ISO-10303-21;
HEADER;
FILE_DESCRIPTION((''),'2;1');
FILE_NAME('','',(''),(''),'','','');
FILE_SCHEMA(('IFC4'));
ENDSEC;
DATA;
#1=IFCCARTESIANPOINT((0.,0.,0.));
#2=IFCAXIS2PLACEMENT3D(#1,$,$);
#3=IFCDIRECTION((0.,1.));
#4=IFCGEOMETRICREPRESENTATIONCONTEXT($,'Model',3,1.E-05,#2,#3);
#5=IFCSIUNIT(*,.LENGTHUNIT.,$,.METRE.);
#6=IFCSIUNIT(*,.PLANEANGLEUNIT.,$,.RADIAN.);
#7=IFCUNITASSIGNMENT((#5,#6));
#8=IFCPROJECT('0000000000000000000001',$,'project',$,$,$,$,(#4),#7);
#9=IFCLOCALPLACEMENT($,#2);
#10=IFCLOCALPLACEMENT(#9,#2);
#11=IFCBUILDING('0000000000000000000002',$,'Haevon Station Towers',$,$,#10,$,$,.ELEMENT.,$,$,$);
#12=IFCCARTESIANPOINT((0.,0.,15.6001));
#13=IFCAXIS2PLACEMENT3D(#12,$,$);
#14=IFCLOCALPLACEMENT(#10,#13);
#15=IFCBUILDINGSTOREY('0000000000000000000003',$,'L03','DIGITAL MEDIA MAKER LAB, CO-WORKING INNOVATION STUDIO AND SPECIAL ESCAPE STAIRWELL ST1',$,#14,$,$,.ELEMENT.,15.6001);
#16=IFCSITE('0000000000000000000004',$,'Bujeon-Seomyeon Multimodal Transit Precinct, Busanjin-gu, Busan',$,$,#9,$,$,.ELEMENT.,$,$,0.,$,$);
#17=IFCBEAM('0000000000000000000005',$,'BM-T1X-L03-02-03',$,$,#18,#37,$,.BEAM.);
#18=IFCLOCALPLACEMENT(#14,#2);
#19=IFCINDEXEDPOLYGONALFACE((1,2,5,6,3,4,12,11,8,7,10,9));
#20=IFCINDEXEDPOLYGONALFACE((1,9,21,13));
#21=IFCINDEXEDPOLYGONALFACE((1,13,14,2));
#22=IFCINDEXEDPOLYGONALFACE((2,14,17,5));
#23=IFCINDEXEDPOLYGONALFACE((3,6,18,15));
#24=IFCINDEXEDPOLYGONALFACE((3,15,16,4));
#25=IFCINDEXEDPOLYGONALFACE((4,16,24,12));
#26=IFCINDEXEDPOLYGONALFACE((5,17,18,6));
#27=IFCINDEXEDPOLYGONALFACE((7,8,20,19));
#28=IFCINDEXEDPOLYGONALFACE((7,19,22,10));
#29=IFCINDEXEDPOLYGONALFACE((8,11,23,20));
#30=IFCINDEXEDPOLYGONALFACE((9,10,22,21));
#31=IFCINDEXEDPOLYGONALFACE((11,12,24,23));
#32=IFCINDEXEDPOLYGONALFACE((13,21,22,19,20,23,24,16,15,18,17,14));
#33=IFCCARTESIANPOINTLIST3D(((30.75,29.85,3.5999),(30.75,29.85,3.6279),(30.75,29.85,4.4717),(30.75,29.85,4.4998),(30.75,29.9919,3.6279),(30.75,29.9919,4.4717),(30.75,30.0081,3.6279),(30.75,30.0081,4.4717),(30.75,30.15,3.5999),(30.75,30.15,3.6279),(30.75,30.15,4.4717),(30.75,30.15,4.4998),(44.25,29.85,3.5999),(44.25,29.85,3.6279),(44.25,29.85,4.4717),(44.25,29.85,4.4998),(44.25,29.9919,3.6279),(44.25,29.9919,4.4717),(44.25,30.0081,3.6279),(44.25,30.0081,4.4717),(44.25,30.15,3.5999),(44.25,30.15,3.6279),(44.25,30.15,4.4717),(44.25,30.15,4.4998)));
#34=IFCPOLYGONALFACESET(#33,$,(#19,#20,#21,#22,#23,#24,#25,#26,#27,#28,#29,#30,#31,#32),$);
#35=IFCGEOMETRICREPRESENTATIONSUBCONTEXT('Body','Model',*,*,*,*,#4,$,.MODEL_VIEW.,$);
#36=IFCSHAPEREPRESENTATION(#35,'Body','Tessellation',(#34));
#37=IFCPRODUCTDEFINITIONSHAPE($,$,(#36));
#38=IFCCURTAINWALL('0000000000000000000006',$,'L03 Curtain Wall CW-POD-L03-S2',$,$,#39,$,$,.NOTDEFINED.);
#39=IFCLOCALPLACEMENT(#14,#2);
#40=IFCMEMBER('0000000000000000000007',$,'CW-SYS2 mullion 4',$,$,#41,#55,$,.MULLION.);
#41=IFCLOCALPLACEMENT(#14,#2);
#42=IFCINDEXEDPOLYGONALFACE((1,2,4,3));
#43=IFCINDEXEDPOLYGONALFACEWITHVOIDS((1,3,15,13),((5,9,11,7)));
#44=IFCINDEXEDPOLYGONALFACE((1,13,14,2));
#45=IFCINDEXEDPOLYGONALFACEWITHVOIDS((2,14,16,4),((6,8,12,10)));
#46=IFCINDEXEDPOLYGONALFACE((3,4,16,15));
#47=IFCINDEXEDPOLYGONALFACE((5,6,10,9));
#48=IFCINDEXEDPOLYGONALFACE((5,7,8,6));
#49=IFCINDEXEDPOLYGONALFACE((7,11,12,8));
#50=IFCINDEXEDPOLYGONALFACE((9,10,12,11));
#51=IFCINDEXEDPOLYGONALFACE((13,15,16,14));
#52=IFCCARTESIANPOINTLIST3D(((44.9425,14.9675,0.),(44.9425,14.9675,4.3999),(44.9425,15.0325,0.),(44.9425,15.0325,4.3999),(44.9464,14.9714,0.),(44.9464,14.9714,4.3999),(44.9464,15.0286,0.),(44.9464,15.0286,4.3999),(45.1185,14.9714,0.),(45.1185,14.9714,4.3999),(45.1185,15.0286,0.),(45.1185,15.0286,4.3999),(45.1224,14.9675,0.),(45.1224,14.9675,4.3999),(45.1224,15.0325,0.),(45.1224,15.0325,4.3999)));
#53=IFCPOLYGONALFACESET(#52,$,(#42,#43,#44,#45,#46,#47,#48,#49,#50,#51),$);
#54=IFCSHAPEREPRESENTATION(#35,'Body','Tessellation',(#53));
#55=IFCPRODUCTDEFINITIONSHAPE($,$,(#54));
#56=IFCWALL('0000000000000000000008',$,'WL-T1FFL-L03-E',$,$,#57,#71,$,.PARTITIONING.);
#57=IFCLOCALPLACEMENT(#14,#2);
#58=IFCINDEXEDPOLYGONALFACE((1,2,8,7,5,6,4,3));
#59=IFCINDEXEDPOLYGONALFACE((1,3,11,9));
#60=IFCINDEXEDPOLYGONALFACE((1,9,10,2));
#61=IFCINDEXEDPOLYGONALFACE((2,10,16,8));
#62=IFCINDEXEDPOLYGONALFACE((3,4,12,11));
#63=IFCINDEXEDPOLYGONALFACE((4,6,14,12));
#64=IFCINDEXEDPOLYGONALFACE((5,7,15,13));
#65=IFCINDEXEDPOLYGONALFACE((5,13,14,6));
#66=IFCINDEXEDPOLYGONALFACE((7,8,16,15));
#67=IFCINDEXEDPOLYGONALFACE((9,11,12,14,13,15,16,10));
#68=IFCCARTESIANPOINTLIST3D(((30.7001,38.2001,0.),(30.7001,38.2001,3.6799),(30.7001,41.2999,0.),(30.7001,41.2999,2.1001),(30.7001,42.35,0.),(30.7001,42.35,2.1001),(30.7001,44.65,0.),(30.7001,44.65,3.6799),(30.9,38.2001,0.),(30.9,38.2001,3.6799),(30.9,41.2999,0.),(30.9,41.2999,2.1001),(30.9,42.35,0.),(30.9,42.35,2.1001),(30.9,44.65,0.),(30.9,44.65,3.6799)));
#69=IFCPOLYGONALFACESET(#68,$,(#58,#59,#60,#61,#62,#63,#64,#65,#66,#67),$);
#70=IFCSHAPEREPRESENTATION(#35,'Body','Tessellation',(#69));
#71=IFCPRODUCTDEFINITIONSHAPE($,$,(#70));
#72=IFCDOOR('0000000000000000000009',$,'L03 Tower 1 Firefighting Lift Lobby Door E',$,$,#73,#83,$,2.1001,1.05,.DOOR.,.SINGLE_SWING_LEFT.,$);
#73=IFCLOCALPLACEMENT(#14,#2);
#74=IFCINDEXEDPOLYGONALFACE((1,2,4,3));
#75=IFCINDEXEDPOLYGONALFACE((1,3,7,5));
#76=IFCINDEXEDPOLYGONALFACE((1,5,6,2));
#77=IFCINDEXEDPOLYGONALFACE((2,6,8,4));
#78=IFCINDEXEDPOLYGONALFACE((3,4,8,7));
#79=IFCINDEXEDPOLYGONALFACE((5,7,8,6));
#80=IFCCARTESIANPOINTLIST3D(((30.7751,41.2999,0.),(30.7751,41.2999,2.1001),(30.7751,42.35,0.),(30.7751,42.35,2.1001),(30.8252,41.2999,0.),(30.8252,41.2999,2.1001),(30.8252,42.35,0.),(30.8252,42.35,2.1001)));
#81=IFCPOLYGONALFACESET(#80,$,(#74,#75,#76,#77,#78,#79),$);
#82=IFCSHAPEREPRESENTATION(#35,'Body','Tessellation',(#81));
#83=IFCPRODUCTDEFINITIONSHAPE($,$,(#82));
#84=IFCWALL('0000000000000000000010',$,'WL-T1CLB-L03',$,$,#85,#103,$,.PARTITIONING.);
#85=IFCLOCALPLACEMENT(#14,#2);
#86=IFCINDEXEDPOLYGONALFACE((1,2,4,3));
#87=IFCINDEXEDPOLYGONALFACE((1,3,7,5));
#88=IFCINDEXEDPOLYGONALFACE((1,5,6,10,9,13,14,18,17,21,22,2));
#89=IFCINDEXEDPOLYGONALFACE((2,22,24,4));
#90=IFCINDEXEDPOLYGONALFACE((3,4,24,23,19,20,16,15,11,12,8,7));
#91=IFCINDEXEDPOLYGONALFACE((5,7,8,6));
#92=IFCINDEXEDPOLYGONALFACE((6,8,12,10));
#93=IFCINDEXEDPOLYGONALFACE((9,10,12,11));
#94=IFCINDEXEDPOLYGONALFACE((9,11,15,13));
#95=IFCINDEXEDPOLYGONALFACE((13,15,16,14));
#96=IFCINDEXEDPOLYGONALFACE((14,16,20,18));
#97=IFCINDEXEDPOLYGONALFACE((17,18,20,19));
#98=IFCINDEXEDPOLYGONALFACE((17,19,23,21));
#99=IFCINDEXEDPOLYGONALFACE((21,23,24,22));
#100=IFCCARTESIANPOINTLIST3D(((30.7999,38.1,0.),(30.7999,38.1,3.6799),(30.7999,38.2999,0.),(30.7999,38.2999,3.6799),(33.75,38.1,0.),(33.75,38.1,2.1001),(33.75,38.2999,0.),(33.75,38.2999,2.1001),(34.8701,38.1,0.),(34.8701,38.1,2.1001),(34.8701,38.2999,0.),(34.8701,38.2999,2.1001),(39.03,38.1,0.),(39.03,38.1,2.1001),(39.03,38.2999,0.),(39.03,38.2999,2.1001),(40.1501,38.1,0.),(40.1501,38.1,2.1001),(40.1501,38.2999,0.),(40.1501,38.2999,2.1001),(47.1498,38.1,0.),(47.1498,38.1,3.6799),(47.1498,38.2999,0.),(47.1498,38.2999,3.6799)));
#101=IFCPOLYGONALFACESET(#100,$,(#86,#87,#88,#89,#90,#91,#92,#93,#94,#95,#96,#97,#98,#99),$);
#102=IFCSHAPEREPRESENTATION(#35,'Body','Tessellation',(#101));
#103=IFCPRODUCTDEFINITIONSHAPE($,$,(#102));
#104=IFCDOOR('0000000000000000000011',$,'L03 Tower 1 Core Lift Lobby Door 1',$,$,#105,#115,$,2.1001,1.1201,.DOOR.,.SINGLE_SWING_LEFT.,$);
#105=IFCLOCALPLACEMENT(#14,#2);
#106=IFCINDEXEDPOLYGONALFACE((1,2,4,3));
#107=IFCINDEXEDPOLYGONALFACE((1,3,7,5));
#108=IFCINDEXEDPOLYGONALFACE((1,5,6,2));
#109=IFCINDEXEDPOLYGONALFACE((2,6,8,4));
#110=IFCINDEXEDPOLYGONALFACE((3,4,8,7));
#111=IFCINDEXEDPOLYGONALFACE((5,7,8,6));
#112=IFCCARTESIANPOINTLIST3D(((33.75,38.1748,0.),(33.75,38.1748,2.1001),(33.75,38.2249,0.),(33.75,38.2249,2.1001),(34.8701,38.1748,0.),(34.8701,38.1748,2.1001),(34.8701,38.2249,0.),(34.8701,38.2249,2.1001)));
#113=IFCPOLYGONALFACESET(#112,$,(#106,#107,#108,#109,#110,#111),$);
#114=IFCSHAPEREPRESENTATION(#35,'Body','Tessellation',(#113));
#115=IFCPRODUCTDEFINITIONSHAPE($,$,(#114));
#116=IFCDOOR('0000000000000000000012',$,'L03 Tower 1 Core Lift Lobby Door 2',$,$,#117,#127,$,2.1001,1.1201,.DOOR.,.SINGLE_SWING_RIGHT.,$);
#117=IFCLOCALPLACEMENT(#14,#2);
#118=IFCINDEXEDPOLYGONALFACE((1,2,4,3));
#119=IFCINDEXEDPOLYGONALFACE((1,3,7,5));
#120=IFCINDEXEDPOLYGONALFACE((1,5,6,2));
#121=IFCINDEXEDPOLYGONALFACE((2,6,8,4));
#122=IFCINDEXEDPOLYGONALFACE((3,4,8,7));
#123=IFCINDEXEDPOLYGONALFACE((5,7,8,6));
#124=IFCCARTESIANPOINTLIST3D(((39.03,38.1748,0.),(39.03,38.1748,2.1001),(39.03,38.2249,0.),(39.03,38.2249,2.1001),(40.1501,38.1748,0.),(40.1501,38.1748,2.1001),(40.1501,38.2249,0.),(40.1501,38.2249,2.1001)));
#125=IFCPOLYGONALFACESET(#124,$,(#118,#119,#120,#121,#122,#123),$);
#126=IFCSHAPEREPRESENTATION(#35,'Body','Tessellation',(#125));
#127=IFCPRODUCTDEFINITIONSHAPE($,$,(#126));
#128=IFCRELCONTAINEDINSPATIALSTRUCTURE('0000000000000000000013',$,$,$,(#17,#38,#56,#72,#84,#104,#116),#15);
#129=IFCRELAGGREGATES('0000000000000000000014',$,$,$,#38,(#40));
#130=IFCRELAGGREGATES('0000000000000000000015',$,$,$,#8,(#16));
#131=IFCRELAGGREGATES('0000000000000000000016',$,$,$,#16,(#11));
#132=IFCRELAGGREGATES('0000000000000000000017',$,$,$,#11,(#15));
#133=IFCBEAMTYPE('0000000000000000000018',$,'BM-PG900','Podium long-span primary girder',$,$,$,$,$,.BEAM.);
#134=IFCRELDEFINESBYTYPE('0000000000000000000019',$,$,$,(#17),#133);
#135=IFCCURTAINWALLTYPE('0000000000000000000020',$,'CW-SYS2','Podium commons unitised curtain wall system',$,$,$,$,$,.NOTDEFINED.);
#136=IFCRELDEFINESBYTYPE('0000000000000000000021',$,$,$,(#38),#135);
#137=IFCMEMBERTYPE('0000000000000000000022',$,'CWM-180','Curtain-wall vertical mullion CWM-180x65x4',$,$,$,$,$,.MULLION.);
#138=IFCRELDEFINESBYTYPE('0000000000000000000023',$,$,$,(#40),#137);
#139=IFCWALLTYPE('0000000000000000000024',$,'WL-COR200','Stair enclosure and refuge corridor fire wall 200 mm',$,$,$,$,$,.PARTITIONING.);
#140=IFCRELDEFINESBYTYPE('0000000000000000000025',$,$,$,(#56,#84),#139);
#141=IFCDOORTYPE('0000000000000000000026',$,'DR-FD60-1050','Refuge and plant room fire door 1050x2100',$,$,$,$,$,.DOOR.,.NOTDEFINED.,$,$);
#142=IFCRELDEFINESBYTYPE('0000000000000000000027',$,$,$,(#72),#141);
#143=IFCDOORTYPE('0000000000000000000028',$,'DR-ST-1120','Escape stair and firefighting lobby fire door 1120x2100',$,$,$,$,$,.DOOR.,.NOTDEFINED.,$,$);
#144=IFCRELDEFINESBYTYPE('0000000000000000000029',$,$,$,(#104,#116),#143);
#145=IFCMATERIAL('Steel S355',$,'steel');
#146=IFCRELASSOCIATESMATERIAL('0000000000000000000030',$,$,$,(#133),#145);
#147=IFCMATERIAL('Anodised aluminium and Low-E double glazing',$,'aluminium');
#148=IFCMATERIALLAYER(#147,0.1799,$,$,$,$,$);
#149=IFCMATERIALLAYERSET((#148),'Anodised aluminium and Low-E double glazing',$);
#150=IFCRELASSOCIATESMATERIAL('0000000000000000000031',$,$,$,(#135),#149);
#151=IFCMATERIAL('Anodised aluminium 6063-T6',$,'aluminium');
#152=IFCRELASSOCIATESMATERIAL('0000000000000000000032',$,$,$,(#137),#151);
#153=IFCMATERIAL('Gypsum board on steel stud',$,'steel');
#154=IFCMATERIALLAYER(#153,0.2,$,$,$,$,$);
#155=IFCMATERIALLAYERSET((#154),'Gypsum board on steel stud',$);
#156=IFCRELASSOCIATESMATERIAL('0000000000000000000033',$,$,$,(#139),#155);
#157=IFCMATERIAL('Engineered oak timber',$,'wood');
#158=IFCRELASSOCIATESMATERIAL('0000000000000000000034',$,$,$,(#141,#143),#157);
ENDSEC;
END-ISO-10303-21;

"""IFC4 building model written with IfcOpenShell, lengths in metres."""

from ifc_helpers import new_model, si_unit, direction, frame, frame_2d, origin, origin_2d, place, context, subcontext, project, spatial, rectangle, hollow_rectangle, i_section, extrude, material, layer, layer_set, material_profile, profile_set, type_object, element, fill, aggregate, save


model = new_model("IFC4")

# Units and contexts
model_context = context("Model", 3, precision=1e-05, world=origin(), true_north=direction((0.0, 1.0)))
body_context = subcontext(model_context, "Body", "Model", "MODEL_VIEW")
ifc_project = project(units=[si_unit("LENGTHUNIT", "METRE"), si_unit("PLANEANGLEUNIT", "RADIAN")], contexts=[model_context])

# Site, building, storey
site_placement = place(None, origin())
site = spatial("IfcSite", under=ifc_project, at=site_placement, Name="Bujeon-Seomyeon Multimodal Transit Precinct, Busanjin-gu, Busan", CompositionType="ELEMENT", RefElevation=0.0)
building_placement = place(site_placement, origin())
building = spatial("IfcBuilding", under=site, at=building_placement, Name="Haevon Station Towers", CompositionType="ELEMENT")
storey_placement = place(building_placement, frame((0.0, 0.0, 15.6001)))
storey = spatial("IfcBuildingStorey", under=building, at=storey_placement, Name="L03", Description="DIGITAL MEDIA MAKER LAB, CO-WORKING INNOVATION STUDIO AND SPECIAL ESCAPE STAIRWELL ST1", CompositionType="ELEMENT", Elevation=15.6001)

# Beam
ifc_material_1 = material(Name="Steel S355", Category="steel")
ifc_material_profile_1 = material_profile(ifc_material_1, i_section(OverallWidth=0.3, OverallDepth=0.8999, WebThickness=0.0161, FlangeThickness=0.0281, at=origin_2d()), Name="H-900x300x16x28")
ifc_profile_set_1 = profile_set([ifc_material_profile_1], Name="Steel S355")
beam_type_1 = type_object("IfcBeamType", Name="BM-PG900", Description="Podium long-span primary girder", PredefinedType="BEAM", material=ifc_profile_set_1)
beam_1_placement = place(storey_placement, frame((30.75, 30.0, 4.0498), z_axis=(1.0, 0.0, 0.0), x_axis=(0.0, 1.0, 0.0)))
element("IfcBeam", 1, at=beam_1_placement, inside=storey, type_object=beam_type_1, Name="BM-T1X-L03-02-03", PredefinedType="BEAM", context=body_context, shape_type="SweptSolid", body=[
    extrude(i_section(OverallWidth=0.3, OverallDepth=0.8999, WebThickness=0.0161, FlangeThickness=0.0281, at=origin_2d()), origin(), (0.0, 0.0, 1.0), 13.5),
])

# Curtain wall, member
ifc_material_2 = material(Name="Anodised aluminium and Low-E double glazing", Category="aluminium")
ifc_layer_1 = layer(ifc_material_2, 0.1799)
ifc_layer_set_1 = layer_set([ifc_layer_1], Name="Anodised aluminium and Low-E double glazing")
curtain_wall_type = type_object("IfcCurtainWallType", Name="CW-SYS2", Description="Podium commons unitised curtain wall system", PredefinedType="NOTDEFINED", material=ifc_layer_set_1)
curtain_wall_placement = place(storey_placement, origin())
curtain_wall = element("IfcCurtainWall", 2, at=curtain_wall_placement, inside=storey, type_object=curtain_wall_type, Name="L03 Curtain Wall CW-POD-L03-S2", PredefinedType="NOTDEFINED")
ifc_material_3 = material(Name="Anodised aluminium 6063-T6", Category="aluminium")
ifc_material_profile_2 = material_profile(ifc_material_3, hollow_rectangle(XDim=0.0649, YDim=0.1799, WallThickness=0.0039, at=origin_2d()), Name="CWM-180x65x4")
ifc_profile_set_2 = profile_set([ifc_material_profile_2], Name="Anodised aluminium 6063-T6")
member_type = type_object("IfcMemberType", Name="CWM-180", Description="Curtain-wall vertical mullion CWM-180x65x4", PredefinedType="MULLION", material=ifc_profile_set_2)
member_placement = place(storey_placement, frame((45.0325, 15.0, 0.0), z_axis=(0.0, 0.0, 1.0), x_axis=(0.0, -1.0, 0.0)))
member = element("IfcMember", 3, at=member_placement, type_object=member_type, Name="CW-SYS2 mullion 4", PredefinedType="MULLION", context=body_context, shape_type="SweptSolid", body=[
    extrude(hollow_rectangle(XDim=0.0649, YDim=0.1799, WallThickness=0.0039, at=origin_2d()), origin(), (0.0, 0.0, 1.0), 4.3999),
])
aggregate(curtain_wall, [member])

# Wall, opening, door
ifc_material_4 = material(Name="Gypsum board on steel stud", Category="steel")
ifc_layer_2 = layer(ifc_material_4, 0.2)
ifc_layer_set_2 = layer_set([ifc_layer_2], Name="Gypsum board on steel stud")
wall_type_1 = type_object("IfcWallType", Name="WL-COR200", Description="Stair enclosure and refuge corridor fire wall 200 mm", PredefinedType="PARTITIONING", material=ifc_layer_set_2)
wall_1_placement = place(storey_placement, frame((30.8, 38.2, 0.0), z_axis=(0.0, 0.0, 1.0), x_axis=(0.0, 1.0, 0.0)))
wall_1 = element("IfcWall", 4, at=wall_1_placement, inside=storey, type_object=wall_type_1, Name="WL-T1FFL-L03-E", PredefinedType="PARTITIONING", context=body_context, shape_type="SweptSolid", body=[
    extrude(rectangle(XDim=6.45, YDim=0.2, at=frame_2d((3.2251, 0.0))), origin(), (0.0, 0.0, 1.0), 3.6799),
])
opening_1_placement = place(wall_1_placement, frame((3.1001, 0.0, 0.0)))
opening_1 = element("IfcOpeningElement", 5, at=opening_1_placement, cuts=wall_1, PredefinedType="OPENING", context=body_context, shape_type="SweptSolid", body=[
    extrude(rectangle(XDim=1.05, YDim=2.1001, at=frame_2d((0.5249, 1.05))), frame((0.0, 0.1099, 0.0), z_axis=(0.0, -1.0, 0.0), x_axis=(1.0, 0.0, 0.0)), (0.0, 0.0, 1.0), 0.22),
])
ifc_material_5 = material(Name="Engineered oak timber", Category="wood")
door_type_1 = type_object("IfcDoorType", Name="DR-FD60-1050", Description="Refuge and plant room fire door 1050x2100", OperationType="NOTDEFINED", PredefinedType="DOOR", material=ifc_material_5)
door_1_placement = place(opening_1_placement, origin())
door_1 = element("IfcDoor", 6, at=door_1_placement, inside=storey, type_object=door_type_1, Name="L03 Tower 1 Firefighting Lift Lobby Door E", OperationType="SINGLE_SWING_LEFT", OverallHeight=2.1001, OverallWidth=1.05, PredefinedType="DOOR", context=body_context, shape_type="SweptSolid", body=[
    extrude(rectangle(XDim=1.05, YDim=2.1001, at=frame_2d((0.5249, 1.05))), frame((0.0, 0.0249, 0.0), z_axis=(0.0, -1.0, 0.0), x_axis=(1.0, 0.0, 0.0)), (0.0, 0.0, 1.0), 0.05),
])
fill(opening_1, door_1)

# Wall, openings, doors
wall_2_placement = place(storey_placement, frame((30.8, 38.2, 0.0), z_axis=(0.0, 0.0, 1.0), x_axis=(1.0, 0.0, 0.0)))
wall_2 = element("IfcWall", 7, at=wall_2_placement, inside=storey, type_object=wall_type_1, Name="WL-T1CLB-L03", PredefinedType="PARTITIONING", context=body_context, shape_type="SweptSolid", body=[
    extrude(rectangle(XDim=16.3499, YDim=0.2, at=frame_2d((8.1748, 0.0))), origin(), (0.0, 0.0, 1.0), 3.6799),
])
opening_2_placement = place(wall_2_placement, frame((2.95, 0.0, 0.0)))
opening_2 = element("IfcOpeningElement", 8, at=opening_2_placement, cuts=wall_2, PredefinedType="OPENING", context=body_context, shape_type="SweptSolid", body=[
    extrude(rectangle(XDim=1.1201, YDim=2.1001, at=frame_2d((0.5601, 1.05))), frame((0.0, 0.1099, 0.0), z_axis=(0.0, -1.0, 0.0), x_axis=(1.0, 0.0, 0.0)), (0.0, 0.0, 1.0), 0.22),
])
opening_3_placement = place(wall_2_placement, frame((8.23, 0.0, 0.0)))
opening_3 = element("IfcOpeningElement", 9, at=opening_3_placement, cuts=wall_2, PredefinedType="OPENING", context=body_context, shape_type="SweptSolid", body=[
    extrude(rectangle(XDim=1.1201, YDim=2.1001, at=frame_2d((0.5601, 1.05))), frame((0.0, 0.1099, 0.0), z_axis=(0.0, -1.0, 0.0), x_axis=(1.0, 0.0, 0.0)), (0.0, 0.0, 1.0), 0.22),
])
door_type_2 = type_object("IfcDoorType", Name="DR-ST-1120", Description="Escape stair and firefighting lobby fire door 1120x2100", OperationType="NOTDEFINED", PredefinedType="DOOR", material=ifc_material_5)
door_2_placement = place(opening_2_placement, origin())
door_2 = element("IfcDoor", 10, at=door_2_placement, inside=storey, type_object=door_type_2, Name="L03 Tower 1 Core Lift Lobby Door 1", OperationType="SINGLE_SWING_LEFT", OverallHeight=2.1001, OverallWidth=1.1201, PredefinedType="DOOR", context=body_context, shape_type="SweptSolid", body=[
    extrude(rectangle(XDim=1.1201, YDim=2.1001, at=frame_2d((0.5601, 1.05))), frame((0.0, 0.0249, 0.0), z_axis=(0.0, -1.0, 0.0), x_axis=(1.0, 0.0, 0.0)), (0.0, 0.0, 1.0), 0.05),
])
fill(opening_2, door_2)
door_3_placement = place(opening_3_placement, origin())
door_3 = element("IfcDoor", 11, at=door_3_placement, inside=storey, type_object=door_type_2, Name="L03 Tower 1 Core Lift Lobby Door 2", OperationType="SINGLE_SWING_RIGHT", OverallHeight=2.1001, OverallWidth=1.1201, PredefinedType="DOOR", context=body_context, shape_type="SweptSolid", body=[
    extrude(rectangle(XDim=1.1201, YDim=2.1001, at=frame_2d((0.5601, 1.05))), frame((0.0, 0.0249, 0.0), z_axis=(0.0, -1.0, 0.0), x_axis=(1.0, 0.0, 0.0)), (0.0, 0.0, 1.0), 0.05),
])
fill(opening_3, door_3)

save(model, "model.ifc")
